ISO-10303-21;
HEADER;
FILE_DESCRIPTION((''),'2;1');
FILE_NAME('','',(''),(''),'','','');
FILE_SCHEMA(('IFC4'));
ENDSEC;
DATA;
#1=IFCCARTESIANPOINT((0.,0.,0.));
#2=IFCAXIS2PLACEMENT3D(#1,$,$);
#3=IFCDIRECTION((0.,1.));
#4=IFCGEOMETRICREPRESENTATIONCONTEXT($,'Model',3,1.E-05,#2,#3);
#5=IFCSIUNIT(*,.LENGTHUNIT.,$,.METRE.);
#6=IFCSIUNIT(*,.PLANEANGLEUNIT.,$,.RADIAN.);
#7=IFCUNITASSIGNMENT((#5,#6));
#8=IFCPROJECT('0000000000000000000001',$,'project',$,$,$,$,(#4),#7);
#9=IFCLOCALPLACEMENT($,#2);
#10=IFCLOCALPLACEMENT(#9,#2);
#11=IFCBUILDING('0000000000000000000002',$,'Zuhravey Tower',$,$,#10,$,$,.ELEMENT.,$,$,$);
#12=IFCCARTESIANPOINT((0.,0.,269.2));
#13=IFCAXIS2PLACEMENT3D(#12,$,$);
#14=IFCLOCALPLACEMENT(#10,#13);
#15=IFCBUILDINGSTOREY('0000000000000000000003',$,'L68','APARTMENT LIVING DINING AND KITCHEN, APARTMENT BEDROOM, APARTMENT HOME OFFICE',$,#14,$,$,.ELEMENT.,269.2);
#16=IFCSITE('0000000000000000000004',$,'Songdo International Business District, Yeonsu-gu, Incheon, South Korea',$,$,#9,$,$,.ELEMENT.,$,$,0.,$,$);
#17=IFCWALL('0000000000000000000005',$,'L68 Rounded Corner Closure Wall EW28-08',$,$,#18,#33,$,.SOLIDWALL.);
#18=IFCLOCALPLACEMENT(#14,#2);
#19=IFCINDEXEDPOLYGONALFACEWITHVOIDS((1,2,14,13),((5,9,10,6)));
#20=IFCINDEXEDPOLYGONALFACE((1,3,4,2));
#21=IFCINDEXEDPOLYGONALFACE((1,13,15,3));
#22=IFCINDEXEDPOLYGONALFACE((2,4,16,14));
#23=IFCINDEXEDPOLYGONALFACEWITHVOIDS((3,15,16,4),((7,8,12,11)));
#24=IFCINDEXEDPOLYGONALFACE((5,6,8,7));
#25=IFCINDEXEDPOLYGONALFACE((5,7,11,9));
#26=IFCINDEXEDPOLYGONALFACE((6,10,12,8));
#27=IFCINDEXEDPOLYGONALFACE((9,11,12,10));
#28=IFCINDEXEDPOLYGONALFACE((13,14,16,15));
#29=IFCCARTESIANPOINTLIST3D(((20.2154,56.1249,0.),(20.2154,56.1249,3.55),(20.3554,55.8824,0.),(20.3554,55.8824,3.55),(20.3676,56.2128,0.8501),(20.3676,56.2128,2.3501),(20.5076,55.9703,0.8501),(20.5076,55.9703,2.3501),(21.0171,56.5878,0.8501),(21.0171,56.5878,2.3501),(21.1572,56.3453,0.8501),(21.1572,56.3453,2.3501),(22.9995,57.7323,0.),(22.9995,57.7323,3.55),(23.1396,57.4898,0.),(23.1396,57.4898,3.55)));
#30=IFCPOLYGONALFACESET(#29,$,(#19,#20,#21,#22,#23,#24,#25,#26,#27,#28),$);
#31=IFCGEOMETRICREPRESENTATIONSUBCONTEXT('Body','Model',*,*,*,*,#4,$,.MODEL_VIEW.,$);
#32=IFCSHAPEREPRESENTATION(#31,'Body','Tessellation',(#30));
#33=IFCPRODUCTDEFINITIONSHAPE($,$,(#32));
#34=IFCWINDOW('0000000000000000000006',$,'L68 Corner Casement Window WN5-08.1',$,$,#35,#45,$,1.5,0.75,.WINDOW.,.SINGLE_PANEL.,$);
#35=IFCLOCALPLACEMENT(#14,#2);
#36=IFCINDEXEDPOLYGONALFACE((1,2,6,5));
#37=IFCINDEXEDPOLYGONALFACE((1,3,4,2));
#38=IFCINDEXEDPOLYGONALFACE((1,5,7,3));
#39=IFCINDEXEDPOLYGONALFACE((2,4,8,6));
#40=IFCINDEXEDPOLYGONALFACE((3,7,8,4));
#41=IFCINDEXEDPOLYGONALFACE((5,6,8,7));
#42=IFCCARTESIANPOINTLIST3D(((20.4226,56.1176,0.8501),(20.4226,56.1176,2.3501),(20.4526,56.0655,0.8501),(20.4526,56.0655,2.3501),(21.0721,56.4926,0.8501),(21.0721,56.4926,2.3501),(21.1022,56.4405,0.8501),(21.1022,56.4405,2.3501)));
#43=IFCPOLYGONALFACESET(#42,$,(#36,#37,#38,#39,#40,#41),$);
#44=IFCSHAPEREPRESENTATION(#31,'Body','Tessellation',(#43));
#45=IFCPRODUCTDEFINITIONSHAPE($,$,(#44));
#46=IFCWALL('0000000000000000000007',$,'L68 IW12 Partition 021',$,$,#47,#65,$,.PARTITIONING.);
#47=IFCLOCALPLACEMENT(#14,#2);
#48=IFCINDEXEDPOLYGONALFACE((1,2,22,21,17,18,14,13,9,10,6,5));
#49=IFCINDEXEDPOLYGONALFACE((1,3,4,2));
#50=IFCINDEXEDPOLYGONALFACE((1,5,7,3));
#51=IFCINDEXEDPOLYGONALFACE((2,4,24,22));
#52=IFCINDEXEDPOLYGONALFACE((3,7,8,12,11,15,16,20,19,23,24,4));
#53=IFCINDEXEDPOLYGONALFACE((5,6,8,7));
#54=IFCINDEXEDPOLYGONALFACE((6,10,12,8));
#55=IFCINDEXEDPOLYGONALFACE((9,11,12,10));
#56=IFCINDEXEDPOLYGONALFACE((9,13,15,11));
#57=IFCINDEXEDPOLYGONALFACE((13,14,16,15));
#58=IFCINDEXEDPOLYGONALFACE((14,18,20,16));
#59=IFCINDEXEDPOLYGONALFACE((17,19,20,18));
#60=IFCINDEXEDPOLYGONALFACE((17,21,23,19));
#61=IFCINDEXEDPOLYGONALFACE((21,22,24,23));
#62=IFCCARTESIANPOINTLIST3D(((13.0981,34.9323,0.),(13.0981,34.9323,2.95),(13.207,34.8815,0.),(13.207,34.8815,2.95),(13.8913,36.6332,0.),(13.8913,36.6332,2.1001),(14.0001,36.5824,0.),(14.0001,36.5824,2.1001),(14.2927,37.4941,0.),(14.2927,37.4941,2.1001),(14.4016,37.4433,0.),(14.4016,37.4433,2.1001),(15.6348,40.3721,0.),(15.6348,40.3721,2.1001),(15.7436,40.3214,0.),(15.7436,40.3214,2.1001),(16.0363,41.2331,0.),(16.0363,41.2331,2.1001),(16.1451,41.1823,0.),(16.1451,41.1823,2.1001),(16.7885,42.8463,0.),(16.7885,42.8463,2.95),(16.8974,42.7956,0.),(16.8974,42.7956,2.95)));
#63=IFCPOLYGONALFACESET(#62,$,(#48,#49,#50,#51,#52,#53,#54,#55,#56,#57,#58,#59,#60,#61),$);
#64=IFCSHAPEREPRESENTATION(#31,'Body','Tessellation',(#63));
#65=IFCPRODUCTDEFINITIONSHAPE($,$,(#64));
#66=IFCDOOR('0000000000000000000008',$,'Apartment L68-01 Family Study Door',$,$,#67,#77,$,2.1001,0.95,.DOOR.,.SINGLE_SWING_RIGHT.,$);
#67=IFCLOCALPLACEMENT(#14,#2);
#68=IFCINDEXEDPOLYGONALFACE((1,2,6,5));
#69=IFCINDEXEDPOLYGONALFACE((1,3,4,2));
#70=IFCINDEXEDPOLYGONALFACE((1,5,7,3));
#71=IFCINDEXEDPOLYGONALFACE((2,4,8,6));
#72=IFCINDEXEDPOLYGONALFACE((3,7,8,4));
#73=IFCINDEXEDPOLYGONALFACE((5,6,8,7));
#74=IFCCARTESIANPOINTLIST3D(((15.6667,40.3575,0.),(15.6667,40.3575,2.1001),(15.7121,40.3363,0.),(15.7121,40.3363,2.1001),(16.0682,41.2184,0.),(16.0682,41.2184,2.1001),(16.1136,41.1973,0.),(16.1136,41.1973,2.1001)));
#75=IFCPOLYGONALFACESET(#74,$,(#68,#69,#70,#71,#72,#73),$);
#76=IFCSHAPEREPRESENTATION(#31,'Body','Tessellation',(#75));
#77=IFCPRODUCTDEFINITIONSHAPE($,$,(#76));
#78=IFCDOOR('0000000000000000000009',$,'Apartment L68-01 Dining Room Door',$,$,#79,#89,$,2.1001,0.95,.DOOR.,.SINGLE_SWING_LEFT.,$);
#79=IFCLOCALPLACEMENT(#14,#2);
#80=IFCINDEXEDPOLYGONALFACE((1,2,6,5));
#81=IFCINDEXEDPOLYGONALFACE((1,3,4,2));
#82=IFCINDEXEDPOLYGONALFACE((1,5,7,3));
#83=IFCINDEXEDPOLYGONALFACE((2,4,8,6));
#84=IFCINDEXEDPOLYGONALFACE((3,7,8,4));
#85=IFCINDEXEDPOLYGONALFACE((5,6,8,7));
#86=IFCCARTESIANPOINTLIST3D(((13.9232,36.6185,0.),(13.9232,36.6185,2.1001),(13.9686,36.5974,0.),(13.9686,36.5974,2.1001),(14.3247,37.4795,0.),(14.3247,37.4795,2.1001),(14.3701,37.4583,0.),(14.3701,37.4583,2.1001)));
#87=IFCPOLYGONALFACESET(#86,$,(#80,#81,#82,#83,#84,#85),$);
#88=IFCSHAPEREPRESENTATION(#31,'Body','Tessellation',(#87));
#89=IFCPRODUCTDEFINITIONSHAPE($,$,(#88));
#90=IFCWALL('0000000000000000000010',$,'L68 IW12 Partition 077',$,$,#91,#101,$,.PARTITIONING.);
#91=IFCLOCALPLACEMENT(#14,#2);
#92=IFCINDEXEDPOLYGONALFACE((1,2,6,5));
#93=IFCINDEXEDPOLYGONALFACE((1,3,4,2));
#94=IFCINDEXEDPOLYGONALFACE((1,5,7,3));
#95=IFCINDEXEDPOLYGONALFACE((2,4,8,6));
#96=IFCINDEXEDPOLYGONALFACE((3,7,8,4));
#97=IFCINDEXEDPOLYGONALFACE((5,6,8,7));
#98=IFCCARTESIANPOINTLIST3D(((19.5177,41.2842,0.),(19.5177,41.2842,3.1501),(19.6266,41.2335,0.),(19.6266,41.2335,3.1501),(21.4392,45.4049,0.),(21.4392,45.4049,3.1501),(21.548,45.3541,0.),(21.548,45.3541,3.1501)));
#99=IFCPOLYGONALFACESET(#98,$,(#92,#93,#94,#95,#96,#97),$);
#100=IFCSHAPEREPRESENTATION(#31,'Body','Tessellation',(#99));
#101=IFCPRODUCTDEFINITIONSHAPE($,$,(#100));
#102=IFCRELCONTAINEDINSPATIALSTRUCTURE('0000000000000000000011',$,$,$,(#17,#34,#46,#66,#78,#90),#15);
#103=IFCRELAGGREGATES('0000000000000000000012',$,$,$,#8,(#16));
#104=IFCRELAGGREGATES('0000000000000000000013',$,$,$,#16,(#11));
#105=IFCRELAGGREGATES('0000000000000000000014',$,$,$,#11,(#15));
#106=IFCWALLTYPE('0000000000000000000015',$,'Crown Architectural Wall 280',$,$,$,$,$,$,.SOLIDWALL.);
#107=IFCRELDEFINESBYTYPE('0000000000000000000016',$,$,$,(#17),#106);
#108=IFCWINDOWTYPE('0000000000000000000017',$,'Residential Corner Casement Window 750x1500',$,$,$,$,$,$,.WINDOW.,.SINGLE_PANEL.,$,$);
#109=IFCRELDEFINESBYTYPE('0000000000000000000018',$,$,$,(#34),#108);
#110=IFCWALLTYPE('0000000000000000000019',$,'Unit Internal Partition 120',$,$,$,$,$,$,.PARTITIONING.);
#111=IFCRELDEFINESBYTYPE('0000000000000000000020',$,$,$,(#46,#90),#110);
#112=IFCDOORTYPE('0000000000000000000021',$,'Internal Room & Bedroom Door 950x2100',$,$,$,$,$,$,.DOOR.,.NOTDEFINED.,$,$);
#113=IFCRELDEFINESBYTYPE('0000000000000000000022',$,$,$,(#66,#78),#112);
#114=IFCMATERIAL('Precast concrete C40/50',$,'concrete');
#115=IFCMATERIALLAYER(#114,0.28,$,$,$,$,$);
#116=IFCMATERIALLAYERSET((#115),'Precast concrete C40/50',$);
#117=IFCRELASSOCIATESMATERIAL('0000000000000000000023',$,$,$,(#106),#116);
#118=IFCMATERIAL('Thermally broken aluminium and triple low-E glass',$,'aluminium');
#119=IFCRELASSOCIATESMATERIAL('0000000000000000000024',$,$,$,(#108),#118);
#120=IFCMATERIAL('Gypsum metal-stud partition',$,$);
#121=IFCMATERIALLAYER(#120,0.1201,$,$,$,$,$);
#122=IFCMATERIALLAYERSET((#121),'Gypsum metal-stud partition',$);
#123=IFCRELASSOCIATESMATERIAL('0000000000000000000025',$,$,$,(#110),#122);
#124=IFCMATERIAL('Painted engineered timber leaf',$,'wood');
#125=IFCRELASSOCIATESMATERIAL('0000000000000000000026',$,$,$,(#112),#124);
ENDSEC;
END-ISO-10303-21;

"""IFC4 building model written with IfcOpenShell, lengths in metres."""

from ifc_helpers import new_model, si_unit, direction, frame, frame_2d, origin, place, context, subcontext, project, spatial, rectangle, extrude, material, layer, layer_set, type_object, element, fill, save


model = new_model("IFC4")

# Units and contexts
model_context = context("Model", 3, precision=1e-05, world=origin(), true_north=direction((0.0, 1.0)))
body_context = subcontext(model_context, "Body", "Model", "MODEL_VIEW")
ifc_project = project(units=[si_unit("LENGTHUNIT", "METRE"), si_unit("PLANEANGLEUNIT", "RADIAN")], contexts=[model_context])

# Site, building, storey
site_placement = place(None, origin())
site = spatial("IfcSite", under=ifc_project, at=site_placement, Name="Songdo International Business District, Yeonsu-gu, Incheon, South Korea", CompositionType="ELEMENT", RefElevation=0.0)
building_placement = place(site_placement, origin())
building = spatial("IfcBuilding", under=site, at=building_placement, Name="Zuhravey Tower", CompositionType="ELEMENT")
storey_placement = place(building_placement, frame((0.0, 0.0, 269.2)))
storey = spatial("IfcBuildingStorey", under=building, at=storey_placement, Name="L68", Description="APARTMENT LIVING DINING AND KITCHEN, APARTMENT BEDROOM, APARTMENT HOME OFFICE", CompositionType="ELEMENT", Elevation=269.2)

# Wall, opening, window
ifc_material_1 = material(Name="Precast concrete C40/50", Category="concrete")
ifc_layer_1 = layer(ifc_material_1, 0.28)
ifc_layer_set_1 = layer_set([ifc_layer_1], Name="Precast concrete C40/50")
wall_type_1 = type_object("IfcWallType", Name="Crown Architectural Wall 280", PredefinedType="SOLIDWALL", material=ifc_layer_set_1)
wall_1_placement = place(storey_placement, frame((20.2854, 56.0037, 0.0), z_axis=(0.0, 0.0, 1.0), x_axis=(0.866029, 0.499994, 0.0)))
wall_1 = element("IfcWall", 1, at=wall_1_placement, inside=storey, type_object=wall_type_1, Name="L68 Rounded Corner Closure Wall EW28-08", PredefinedType="SOLIDWALL", context=body_context, shape_type="SweptSolid", body=[
    extrude(rectangle(XDim=3.2148, YDim=0.28, at=frame_2d((1.6074, 0.0))), origin(), (0.0, 0.0, 1.0), 3.55),
])
opening_1_placement = place(wall_1_placement, frame((0.1758, 0.0, 0.8501)))
opening_1 = element("IfcOpeningElement", 2, at=opening_1_placement, cuts=wall_1, PredefinedType="OPENING", context=body_context, shape_type="SweptSolid", body=[
    extrude(rectangle(XDim=0.75, YDim=1.5, at=frame_2d((0.375, 0.75))), frame((0.0, 0.1521, 0.0), z_axis=(0.0, -1.0, 0.0), x_axis=(1.0, 0.0, 0.0)), (0.0, 0.0, 1.0), 0.304),
])
ifc_material_2 = material(Name="Thermally broken aluminium and triple low-E glass", Category="aluminium")
window_type = type_object("IfcWindowType", Name="Residential Corner Casement Window 750x1500", PartitioningType="SINGLE_PANEL", PredefinedType="WINDOW", material=ifc_material_2)
window_placement = place(opening_1_placement, origin())
window = element("IfcWindow", 3, at=window_placement, inside=storey, type_object=window_type, Name="L68 Corner Casement Window WN5-08.1", OverallHeight=1.5, OverallWidth=0.75, PartitioningType="SINGLE_PANEL", PredefinedType="WINDOW", context=body_context, shape_type="SweptSolid", body=[
    extrude(rectangle(XDim=0.75, YDim=1.5, at=frame_2d((0.375, 0.75))), frame((0.0, 0.03, 0.0), z_axis=(0.0, -1.0, 0.0), x_axis=(1.0, 0.0, 0.0)), (0.0, 0.0, 1.0), 0.0601),
])
fill(opening_1, window)

# Wall, openings, doors
ifc_material_3 = material(Name="Gypsum metal-stud partition")
ifc_layer_2 = layer(ifc_material_3, 0.1201)
ifc_layer_set_2 = layer_set([ifc_layer_2], Name="Gypsum metal-stud partition")
wall_type_2 = type_object("IfcWallType", Name="Unit Internal Partition 120", PredefinedType="PARTITIONING", material=ifc_layer_set_2)
wall_2_placement = place(storey_placement, frame((16.843, 42.821, 0.0), z_axis=(0.0, 0.0, 1.0), x_axis=(-0.422622, -0.906306, 0.0)))
wall_2 = element("IfcWall", 4, at=wall_2_placement, inside=storey, type_object=wall_type_2, Name="L68 IW12 Partition 021", PredefinedType="PARTITIONING", context=body_context, shape_type="SweptSolid", body=[
    extrude(rectangle(XDim=8.7322, YDim=0.1201, at=frame_2d((4.3662, 0.0))), origin(), (0.0, 0.0, 1.0), 2.95),
])
opening_2_placement = place(wall_2_placement, frame((1.78, 0.0, 0.0)))
opening_2 = element("IfcOpeningElement", 5, at=opening_2_placement, cuts=wall_2, PredefinedType="OPENING", context=body_context, shape_type="SweptSolid", body=[
    extrude(rectangle(XDim=0.95, YDim=2.1001, at=frame_2d((0.4751, 1.05))), frame((0.0, 0.072, 0.0), z_axis=(0.0, -1.0, 0.0), x_axis=(1.0, 0.0, 0.0)), (0.0, 0.0, 1.0), 0.144),
])
opening_3_placement = place(wall_2_placement, frame((5.9055, 0.0, 0.0)))
opening_3 = element("IfcOpeningElement", 6, at=opening_3_placement, cuts=wall_2, PredefinedType="OPENING", context=body_context, shape_type="SweptSolid", body=[
    extrude(rectangle(XDim=0.95, YDim=2.1001, at=frame_2d((0.4751, 1.05))), frame((0.0, 0.072, 0.0), z_axis=(0.0, -1.0, 0.0), x_axis=(1.0, 0.0, 0.0)), (0.0, 0.0, 1.0), 0.144),
])
ifc_material_4 = material(Name="Painted engineered timber leaf", Category="wood")
door_type = type_object("IfcDoorType", Name="Internal Room & Bedroom Door 950x2100", OperationType="NOTDEFINED", PredefinedType="DOOR", material=ifc_material_4)
door_1_placement = place(opening_2_placement, frame((0.95, 0.0, 0.0), z_axis=(0.0, 0.0, 1.0), x_axis=(-1.0, 0.0, 0.0)))
door_1 = element("IfcDoor", 7, at=door_1_placement, inside=storey, type_object=door_type, Name="Apartment L68-01 Family Study Door", OperationType="SINGLE_SWING_RIGHT", OverallHeight=2.1001, OverallWidth=0.95, PredefinedType="DOOR", context=body_context, shape_type="SweptSolid", body=[
    extrude(rectangle(XDim=0.95, YDim=2.1001, at=frame_2d((0.4751, 1.05))), frame((0.0, 0.0249, 0.0), z_axis=(0.0, -1.0, 0.0), x_axis=(1.0, 0.0, 0.0)), (0.0, 0.0, 1.0), 0.05),
])
fill(opening_2, door_1)
door_2_placement = place(opening_3_placement, frame((0.95, 0.0, 0.0), z_axis=(0.0, 0.0, 1.0), x_axis=(-1.0, 0.0, 0.0)))
door_2 = element("IfcDoor", 8, at=door_2_placement, inside=storey, type_object=door_type, Name="Apartment L68-01 Dining Room Door", OperationType="SINGLE_SWING_LEFT", OverallHeight=2.1001, OverallWidth=0.95, PredefinedType="DOOR", context=body_context, shape_type="SweptSolid", body=[
    extrude(rectangle(XDim=0.95, YDim=2.1001, at=frame_2d((0.4751, 1.05))), frame((0.0, 0.0249, 0.0), z_axis=(0.0, -1.0, 0.0), x_axis=(1.0, 0.0, 0.0)), (0.0, 0.0, 1.0), 0.05),
])
fill(opening_3, door_2)

# Wall
wall_3_placement = place(storey_placement, frame((21.4937, 45.3796, 0.0), z_axis=(0.0, 0.0, 1.0), x_axis=(-0.422603, -0.906315, 0.0)))
element("IfcWall", 9, at=wall_3_placement, inside=storey, type_object=wall_type_2, Name="L68 IW12 Partition 077", PredefinedType="PARTITIONING", context=body_context, shape_type="SweptSolid", body=[
    extrude(rectangle(XDim=4.5466, YDim=0.1201, at=frame_2d((2.2734, 0.0))), origin(), (0.0, 0.0, 1.0), 3.1501),
])

save(model, "model.ifc")
